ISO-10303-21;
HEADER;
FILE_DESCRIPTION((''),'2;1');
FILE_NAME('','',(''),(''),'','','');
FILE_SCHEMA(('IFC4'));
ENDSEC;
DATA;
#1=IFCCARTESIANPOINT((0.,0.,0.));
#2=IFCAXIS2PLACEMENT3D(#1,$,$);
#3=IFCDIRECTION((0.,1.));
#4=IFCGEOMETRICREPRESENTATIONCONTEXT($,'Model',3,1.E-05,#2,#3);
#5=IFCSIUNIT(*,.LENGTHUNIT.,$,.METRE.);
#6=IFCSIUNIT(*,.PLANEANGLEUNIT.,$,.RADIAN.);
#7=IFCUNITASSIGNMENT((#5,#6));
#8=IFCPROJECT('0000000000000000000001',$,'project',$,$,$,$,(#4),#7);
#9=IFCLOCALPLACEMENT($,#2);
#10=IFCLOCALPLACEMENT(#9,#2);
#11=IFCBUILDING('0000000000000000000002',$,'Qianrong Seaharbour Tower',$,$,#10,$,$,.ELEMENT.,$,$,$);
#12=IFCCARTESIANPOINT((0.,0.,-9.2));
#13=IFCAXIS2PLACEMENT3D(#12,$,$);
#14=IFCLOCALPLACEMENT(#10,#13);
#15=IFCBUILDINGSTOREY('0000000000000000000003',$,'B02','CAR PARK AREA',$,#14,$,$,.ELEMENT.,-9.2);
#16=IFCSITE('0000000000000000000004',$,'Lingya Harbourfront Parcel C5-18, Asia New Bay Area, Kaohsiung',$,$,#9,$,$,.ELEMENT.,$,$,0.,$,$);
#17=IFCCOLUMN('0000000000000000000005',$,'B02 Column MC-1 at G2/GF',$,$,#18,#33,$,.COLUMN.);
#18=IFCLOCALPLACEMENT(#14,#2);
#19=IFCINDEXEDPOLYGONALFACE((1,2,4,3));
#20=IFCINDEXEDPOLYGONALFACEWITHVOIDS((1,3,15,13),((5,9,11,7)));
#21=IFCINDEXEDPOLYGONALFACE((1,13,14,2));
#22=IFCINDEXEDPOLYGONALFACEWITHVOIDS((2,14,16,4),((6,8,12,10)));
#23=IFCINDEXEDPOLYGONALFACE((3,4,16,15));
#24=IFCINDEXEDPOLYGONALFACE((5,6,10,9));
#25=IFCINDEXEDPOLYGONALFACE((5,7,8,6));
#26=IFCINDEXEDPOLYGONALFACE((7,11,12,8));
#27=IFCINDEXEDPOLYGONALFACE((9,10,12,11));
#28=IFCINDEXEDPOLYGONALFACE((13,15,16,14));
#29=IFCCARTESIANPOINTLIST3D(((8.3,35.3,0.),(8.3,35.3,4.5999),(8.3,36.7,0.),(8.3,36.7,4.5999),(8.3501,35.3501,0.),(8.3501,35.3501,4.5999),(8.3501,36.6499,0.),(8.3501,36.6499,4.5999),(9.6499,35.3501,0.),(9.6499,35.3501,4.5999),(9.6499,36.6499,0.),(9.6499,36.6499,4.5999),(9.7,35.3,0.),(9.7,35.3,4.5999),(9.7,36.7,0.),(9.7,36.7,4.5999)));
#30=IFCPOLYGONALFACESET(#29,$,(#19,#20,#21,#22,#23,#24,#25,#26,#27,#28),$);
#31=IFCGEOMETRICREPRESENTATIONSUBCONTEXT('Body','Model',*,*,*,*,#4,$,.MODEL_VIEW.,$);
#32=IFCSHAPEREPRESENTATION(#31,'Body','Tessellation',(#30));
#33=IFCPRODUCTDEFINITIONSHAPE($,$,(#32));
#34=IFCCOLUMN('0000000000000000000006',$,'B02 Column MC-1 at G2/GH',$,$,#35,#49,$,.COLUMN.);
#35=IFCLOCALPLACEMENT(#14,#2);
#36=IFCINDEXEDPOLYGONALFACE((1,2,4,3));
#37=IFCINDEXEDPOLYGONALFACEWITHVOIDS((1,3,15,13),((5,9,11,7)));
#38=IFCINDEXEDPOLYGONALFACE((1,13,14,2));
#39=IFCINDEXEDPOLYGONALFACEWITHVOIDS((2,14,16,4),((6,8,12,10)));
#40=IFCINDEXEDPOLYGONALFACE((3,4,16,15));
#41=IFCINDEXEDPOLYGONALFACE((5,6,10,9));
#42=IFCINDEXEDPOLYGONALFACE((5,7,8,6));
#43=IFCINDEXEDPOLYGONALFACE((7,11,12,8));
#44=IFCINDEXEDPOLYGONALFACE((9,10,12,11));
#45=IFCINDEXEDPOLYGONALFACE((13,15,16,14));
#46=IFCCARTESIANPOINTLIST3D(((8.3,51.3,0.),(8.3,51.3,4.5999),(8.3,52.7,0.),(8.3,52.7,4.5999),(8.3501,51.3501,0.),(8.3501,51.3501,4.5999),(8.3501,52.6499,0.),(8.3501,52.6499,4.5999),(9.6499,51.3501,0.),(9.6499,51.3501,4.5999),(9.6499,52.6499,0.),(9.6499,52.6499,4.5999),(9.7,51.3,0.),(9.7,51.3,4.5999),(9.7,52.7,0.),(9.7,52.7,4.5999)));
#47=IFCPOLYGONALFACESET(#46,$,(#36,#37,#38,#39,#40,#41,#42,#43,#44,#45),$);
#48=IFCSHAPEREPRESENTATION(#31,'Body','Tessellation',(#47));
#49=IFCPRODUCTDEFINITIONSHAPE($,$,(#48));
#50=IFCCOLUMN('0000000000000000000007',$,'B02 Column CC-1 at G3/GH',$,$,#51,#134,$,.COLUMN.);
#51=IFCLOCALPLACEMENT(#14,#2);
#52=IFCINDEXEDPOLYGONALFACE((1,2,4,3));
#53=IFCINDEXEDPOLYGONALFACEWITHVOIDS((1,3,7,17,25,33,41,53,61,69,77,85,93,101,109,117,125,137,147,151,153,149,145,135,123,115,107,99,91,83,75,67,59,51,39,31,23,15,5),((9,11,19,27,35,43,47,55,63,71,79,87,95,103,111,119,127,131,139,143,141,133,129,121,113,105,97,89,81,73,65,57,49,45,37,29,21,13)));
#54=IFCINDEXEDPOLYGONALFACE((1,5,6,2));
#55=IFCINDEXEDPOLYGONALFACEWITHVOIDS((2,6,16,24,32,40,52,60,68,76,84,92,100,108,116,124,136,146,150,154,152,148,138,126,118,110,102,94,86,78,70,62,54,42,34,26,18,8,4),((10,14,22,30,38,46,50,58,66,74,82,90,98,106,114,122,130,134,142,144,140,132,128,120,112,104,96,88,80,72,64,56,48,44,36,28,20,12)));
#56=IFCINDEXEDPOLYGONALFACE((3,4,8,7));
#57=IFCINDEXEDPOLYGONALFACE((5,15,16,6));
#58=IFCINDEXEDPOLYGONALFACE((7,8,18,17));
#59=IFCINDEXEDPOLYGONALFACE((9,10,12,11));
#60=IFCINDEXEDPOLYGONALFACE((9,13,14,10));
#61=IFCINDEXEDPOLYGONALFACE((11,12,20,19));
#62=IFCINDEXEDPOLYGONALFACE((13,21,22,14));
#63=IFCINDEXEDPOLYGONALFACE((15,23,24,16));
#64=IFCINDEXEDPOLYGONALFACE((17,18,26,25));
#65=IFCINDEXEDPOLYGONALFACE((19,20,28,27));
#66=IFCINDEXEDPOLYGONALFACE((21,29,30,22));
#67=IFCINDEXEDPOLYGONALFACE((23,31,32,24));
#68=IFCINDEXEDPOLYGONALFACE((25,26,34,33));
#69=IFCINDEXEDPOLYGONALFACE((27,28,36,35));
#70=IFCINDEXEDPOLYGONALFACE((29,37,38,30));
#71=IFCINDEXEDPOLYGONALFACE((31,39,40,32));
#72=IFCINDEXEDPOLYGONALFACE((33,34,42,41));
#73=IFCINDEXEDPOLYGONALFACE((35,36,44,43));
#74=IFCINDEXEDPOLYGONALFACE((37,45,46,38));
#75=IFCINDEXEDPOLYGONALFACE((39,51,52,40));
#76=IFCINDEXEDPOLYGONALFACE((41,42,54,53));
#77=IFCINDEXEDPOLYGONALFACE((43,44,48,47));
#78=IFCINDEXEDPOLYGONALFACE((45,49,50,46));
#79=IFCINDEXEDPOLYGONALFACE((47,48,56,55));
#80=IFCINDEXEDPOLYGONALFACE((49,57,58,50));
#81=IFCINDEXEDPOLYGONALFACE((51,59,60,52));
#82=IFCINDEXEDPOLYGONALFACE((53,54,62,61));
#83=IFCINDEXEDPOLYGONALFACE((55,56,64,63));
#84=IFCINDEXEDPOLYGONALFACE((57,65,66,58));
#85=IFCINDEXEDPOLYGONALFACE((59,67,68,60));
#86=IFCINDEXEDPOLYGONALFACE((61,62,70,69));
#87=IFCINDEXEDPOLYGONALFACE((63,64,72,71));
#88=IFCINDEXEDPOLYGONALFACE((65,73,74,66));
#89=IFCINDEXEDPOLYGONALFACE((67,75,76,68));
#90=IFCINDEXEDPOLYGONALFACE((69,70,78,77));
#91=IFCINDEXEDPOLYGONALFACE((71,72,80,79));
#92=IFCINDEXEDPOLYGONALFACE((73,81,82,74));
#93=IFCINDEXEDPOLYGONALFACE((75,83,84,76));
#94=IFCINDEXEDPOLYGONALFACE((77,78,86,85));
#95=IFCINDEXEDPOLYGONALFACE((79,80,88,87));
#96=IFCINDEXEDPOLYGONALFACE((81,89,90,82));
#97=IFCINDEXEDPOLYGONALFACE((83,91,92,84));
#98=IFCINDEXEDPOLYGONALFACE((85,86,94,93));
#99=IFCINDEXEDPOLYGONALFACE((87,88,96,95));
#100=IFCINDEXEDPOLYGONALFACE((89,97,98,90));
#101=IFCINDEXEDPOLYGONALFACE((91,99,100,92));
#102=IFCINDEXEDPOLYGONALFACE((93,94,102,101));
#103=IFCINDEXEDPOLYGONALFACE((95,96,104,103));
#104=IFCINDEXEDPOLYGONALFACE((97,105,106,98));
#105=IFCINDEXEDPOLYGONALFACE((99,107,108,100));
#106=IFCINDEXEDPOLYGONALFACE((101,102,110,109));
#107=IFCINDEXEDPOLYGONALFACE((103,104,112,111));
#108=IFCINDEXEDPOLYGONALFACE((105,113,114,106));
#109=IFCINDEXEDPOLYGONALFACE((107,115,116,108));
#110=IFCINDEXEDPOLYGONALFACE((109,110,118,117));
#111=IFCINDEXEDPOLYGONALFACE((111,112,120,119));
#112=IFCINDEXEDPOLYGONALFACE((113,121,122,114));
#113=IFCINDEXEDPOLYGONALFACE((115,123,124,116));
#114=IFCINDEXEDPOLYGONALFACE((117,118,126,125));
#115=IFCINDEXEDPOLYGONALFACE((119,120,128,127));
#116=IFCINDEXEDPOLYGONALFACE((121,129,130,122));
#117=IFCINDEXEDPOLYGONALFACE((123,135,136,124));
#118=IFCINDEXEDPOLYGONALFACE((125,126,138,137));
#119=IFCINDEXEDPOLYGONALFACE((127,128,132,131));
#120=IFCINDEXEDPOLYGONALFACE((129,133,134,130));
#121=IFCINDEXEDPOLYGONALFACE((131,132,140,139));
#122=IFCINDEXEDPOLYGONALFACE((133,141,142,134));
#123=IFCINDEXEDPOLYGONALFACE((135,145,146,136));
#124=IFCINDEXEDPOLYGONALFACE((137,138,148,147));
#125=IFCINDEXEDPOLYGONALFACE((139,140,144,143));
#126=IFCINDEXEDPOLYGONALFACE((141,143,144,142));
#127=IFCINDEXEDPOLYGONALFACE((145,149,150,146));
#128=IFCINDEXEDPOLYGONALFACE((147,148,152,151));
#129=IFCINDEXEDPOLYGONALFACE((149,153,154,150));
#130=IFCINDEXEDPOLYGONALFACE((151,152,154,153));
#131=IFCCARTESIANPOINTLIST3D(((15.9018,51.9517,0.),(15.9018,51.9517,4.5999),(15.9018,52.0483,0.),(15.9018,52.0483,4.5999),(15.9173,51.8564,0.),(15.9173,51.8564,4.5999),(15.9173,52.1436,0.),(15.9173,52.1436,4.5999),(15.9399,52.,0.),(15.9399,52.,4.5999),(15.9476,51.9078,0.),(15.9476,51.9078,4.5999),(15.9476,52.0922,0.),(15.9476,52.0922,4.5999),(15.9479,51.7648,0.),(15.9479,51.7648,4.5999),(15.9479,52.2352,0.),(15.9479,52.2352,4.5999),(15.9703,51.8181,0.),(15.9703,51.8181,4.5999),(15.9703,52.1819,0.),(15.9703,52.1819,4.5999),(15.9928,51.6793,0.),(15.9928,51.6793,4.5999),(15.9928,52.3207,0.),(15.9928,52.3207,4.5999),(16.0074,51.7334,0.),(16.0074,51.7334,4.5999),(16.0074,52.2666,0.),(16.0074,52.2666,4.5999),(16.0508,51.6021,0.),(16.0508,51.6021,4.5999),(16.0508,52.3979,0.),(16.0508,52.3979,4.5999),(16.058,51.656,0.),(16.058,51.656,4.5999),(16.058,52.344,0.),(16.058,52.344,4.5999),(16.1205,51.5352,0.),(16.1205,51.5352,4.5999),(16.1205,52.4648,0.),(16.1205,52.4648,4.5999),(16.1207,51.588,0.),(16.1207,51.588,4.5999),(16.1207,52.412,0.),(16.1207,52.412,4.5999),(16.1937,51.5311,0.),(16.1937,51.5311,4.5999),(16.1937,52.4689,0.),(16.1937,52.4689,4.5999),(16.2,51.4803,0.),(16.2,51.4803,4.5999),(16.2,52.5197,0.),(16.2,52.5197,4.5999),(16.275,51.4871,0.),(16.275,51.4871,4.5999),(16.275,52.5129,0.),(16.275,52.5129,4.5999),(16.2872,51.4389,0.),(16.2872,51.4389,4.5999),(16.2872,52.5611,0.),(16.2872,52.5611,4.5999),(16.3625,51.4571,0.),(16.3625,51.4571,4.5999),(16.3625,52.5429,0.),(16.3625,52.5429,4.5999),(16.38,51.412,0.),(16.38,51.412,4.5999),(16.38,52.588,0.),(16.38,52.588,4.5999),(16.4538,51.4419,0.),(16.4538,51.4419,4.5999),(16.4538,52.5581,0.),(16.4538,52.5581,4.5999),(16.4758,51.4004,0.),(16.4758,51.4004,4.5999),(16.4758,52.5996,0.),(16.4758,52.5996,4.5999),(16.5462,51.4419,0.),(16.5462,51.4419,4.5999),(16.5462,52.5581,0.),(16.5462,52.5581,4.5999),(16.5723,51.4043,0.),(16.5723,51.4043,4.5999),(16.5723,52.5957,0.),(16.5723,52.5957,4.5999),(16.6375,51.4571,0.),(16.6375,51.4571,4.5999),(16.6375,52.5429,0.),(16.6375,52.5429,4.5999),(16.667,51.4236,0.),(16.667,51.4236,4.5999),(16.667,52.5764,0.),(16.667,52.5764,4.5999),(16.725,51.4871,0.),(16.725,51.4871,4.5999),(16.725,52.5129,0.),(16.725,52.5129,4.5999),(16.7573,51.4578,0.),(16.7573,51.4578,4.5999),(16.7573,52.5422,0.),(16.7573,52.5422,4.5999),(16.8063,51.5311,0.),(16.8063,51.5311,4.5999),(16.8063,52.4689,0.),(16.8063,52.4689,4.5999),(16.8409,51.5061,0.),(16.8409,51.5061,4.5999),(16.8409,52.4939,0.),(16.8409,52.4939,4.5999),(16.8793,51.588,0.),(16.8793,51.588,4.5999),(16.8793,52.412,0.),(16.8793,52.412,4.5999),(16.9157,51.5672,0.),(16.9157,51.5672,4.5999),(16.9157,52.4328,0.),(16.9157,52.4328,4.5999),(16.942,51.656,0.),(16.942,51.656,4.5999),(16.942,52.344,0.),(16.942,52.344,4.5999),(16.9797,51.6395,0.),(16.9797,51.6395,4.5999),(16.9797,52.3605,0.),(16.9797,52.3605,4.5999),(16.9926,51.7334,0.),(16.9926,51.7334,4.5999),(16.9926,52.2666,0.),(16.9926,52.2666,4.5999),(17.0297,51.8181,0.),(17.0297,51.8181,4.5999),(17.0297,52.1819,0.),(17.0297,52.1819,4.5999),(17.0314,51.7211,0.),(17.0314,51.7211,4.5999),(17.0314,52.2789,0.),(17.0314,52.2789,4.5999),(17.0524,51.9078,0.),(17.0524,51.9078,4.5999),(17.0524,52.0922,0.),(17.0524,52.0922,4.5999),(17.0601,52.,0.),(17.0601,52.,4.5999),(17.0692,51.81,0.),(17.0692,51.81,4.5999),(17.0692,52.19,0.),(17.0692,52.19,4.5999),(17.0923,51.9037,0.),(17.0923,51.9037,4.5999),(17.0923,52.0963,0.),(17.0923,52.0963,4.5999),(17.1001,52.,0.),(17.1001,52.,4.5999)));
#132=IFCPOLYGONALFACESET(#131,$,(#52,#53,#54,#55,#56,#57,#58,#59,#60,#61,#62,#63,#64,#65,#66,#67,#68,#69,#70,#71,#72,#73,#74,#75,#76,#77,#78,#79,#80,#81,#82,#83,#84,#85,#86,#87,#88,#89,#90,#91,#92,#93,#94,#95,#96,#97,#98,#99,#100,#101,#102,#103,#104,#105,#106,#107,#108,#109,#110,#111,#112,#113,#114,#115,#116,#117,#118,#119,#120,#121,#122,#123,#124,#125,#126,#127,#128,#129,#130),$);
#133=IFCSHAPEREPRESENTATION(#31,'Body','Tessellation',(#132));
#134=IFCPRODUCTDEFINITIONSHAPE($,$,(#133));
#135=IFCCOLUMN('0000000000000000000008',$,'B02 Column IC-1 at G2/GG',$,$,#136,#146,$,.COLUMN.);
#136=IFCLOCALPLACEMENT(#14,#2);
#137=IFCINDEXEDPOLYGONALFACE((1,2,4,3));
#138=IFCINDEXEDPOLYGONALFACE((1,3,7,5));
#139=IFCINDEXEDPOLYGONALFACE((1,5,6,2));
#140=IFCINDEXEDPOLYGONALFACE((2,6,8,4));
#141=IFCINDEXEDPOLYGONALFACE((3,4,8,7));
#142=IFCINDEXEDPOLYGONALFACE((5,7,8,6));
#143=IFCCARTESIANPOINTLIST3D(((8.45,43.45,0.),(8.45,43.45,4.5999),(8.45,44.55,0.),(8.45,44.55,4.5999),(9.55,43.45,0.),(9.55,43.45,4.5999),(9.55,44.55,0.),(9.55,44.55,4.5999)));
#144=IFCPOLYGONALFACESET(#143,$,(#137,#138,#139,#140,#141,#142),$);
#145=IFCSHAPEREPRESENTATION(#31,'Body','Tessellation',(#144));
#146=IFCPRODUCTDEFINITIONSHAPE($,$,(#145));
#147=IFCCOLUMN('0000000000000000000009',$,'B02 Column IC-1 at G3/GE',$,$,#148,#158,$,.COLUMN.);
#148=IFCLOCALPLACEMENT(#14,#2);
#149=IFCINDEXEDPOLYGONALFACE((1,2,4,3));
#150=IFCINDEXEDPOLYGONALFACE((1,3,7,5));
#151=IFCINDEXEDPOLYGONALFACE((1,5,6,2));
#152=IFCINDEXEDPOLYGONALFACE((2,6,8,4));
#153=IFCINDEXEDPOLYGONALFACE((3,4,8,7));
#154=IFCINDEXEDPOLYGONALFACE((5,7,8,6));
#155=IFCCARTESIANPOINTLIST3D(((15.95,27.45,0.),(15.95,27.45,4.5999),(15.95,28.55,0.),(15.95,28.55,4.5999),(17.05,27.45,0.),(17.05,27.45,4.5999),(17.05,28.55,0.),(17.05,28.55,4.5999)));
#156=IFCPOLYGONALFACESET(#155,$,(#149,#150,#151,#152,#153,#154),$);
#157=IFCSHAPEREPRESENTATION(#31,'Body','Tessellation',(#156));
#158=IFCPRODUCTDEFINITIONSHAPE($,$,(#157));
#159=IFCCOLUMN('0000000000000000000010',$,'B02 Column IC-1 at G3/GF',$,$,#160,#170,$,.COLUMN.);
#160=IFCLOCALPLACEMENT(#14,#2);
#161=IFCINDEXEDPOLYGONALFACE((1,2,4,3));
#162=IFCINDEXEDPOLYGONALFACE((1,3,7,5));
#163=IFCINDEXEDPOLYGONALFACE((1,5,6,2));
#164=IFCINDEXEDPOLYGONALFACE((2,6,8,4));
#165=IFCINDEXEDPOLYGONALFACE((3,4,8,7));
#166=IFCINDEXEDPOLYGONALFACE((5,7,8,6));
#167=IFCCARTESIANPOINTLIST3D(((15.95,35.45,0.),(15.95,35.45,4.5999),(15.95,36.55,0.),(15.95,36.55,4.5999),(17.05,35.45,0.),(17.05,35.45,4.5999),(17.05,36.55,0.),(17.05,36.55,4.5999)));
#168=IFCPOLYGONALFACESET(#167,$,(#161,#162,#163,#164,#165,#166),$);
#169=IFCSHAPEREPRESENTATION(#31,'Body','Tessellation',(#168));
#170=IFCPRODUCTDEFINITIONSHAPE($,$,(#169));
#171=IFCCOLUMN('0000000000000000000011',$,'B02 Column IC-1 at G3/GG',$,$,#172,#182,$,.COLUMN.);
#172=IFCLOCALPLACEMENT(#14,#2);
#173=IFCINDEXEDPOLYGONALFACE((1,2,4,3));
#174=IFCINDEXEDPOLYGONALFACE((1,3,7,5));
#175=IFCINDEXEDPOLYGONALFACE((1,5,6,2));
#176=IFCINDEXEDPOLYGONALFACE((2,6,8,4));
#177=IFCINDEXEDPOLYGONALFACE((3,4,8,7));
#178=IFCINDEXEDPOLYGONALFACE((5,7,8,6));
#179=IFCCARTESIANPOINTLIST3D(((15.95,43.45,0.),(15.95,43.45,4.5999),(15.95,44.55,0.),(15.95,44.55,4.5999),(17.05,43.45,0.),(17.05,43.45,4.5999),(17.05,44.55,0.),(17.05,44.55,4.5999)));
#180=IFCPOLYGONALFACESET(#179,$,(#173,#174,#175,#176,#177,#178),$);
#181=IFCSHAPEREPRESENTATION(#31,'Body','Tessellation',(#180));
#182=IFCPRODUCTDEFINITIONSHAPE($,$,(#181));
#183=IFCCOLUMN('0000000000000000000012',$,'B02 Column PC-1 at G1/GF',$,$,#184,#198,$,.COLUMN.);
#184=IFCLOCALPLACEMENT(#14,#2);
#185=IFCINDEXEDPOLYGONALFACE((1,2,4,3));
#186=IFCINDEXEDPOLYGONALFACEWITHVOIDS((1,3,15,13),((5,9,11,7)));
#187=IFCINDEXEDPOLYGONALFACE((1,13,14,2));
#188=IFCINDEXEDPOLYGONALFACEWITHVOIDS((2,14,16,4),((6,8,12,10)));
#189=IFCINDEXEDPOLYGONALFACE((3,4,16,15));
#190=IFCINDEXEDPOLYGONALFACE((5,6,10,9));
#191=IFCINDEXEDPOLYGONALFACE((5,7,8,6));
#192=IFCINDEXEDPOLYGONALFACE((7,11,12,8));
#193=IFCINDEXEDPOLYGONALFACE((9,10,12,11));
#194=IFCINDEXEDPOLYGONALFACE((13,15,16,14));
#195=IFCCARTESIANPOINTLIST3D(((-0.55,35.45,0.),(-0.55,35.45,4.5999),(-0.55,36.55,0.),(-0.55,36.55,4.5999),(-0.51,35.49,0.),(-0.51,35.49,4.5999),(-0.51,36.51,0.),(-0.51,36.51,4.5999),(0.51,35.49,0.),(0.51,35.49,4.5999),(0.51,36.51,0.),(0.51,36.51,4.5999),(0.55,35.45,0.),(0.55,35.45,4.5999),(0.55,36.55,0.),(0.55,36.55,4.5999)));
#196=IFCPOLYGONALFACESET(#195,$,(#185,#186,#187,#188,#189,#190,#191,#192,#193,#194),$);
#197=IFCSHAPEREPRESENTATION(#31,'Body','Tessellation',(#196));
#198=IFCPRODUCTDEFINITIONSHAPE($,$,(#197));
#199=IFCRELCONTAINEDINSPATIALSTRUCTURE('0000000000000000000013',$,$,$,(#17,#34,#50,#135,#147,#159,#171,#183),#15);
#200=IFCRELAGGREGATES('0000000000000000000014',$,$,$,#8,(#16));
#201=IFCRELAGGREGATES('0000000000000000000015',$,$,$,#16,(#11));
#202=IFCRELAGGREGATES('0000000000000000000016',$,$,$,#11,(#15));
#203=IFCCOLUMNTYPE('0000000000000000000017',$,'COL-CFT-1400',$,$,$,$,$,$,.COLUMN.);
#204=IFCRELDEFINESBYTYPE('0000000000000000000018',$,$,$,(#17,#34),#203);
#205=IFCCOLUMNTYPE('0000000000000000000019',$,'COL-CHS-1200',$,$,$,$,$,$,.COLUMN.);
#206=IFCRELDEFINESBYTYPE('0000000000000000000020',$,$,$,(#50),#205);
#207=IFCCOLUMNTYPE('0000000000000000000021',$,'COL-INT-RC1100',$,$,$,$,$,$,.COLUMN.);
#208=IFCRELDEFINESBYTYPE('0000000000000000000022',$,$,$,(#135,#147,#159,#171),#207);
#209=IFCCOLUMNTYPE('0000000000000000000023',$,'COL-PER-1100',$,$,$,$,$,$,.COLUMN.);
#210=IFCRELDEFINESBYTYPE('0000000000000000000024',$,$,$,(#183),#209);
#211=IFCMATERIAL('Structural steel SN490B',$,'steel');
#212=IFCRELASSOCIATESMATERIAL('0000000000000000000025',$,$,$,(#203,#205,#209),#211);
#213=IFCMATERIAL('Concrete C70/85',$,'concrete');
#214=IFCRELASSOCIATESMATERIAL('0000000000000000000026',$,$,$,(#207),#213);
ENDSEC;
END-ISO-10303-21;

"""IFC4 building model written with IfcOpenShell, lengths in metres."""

from ifc_helpers import new_model, si_unit, direction, frame, origin, origin_2d, place, context, subcontext, project, spatial, rectangle, hollow_rectangle, hollow_circle, extrude, material, material_profile, profile_set, type_object, element, save


model = new_model("IFC4")

# Units and contexts
model_context = context("Model", 3, precision=1e-05, world=origin(), true_north=direction((0.0, 1.0)))
body_context = subcontext(model_context, "Body", "Model", "MODEL_VIEW")
ifc_project = project(units=[si_unit("LENGTHUNIT", "METRE"), si_unit("PLANEANGLEUNIT", "RADIAN")], contexts=[model_context])

# Site, building, storey
site_placement = place(None, origin())
site = spatial("IfcSite", under=ifc_project, at=site_placement, Name="Lingya Harbourfront Parcel C5-18, Asia New Bay Area, Kaohsiung", CompositionType="ELEMENT", RefElevation=0.0)
building_placement = place(site_placement, origin())
building = spatial("IfcBuilding", under=site, at=building_placement, Name="Qianrong Seaharbour Tower", CompositionType="ELEMENT")
storey_placement = place(building_placement, frame((0.0, 0.0, -9.2)))
storey = spatial("IfcBuildingStorey", under=building, at=storey_placement, Name="B02", Description="CAR PARK AREA", CompositionType="ELEMENT", Elevation=-9.2)

# Columns
ifc_material_1 = material(Name="Structural steel SN490B", Category="steel")
ifc_material_profile_1 = material_profile(ifc_material_1, hollow_rectangle(XDim=1.3999, YDim=1.3999, WallThickness=0.05, at=origin_2d()), Name="BOX1400x1400x50")
ifc_profile_set_1 = profile_set([ifc_material_profile_1], Name="Structural steel SN490B")
column_type_1 = type_object("IfcColumnType", Name="COL-CFT-1400", PredefinedType="COLUMN", material=ifc_profile_set_1)
for number, where, z_axis, x_axis, name in (
    (1, (9.0, 36.0, 0.0), (0.0, 0.0, 1.0), (1.0, 0.0, 0.0), "B02 Column MC-1 at G2/GF"),
    (2, (9.0, 52.0, 0.0), (0.0, 0.0, 1.0), (1.0, 0.0, 0.0), "B02 Column MC-1 at G2/GH"),
):
    element("IfcColumn", number, at=place(storey_placement, frame(where, z_axis=z_axis, x_axis=x_axis)), inside=storey, type_object=column_type_1, Name=name, PredefinedType="COLUMN", context=body_context, shape_type="SweptSolid", body=[
        extrude(hollow_rectangle(XDim=1.3999, YDim=1.3999, WallThickness=0.05, at=origin_2d()), origin(), (0.0, 0.0, 1.0), 4.5999),
    ])
ifc_material_profile_2 = material_profile(ifc_material_1, hollow_circle(Radius=0.6001, WallThickness=0.04, at=origin_2d()), Name="CHS1200x40")
ifc_profile_set_2 = profile_set([ifc_material_profile_2], Name="Structural steel SN490B")
column_type_2 = type_object("IfcColumnType", Name="COL-CHS-1200", PredefinedType="COLUMN", material=ifc_profile_set_2)
column_placement = place(storey_placement, frame((16.5, 52.0, 0.0), z_axis=(0.0, 0.0, 1.0), x_axis=(1.0, 0.0, 0.0)))
element("IfcColumn", 3, at=column_placement, inside=storey, type_object=column_type_2, Name="B02 Column CC-1 at G3/GH", PredefinedType="COLUMN", context=body_context, shape_type="SweptSolid", body=[
    extrude(hollow_circle(Radius=0.6001, WallThickness=0.04, at=origin_2d()), origin(), (0.0, 0.0, 1.0), 4.5999),
])
ifc_material_2 = material(Name="Concrete C70/85", Category="concrete")
ifc_material_profile_3 = material_profile(ifc_material_2, rectangle(XDim=1.1001, YDim=1.1001, at=origin_2d()), Name="RC1100x1100")
ifc_profile_set_3 = profile_set([ifc_material_profile_3], Name="Concrete C70/85")
column_type_3 = type_object("IfcColumnType", Name="COL-INT-RC1100", PredefinedType="COLUMN", material=ifc_profile_set_3)
for number, where, z_axis, x_axis, name in (
    (4, (9.0, 44.0, 0.0), (0.0, 0.0, 1.0), (1.0, 0.0, 0.0), "B02 Column IC-1 at G2/GG"),
    (5, (16.5, 28.0, 0.0), (0.0, 0.0, 1.0), (1.0, 0.0, 0.0), "B02 Column IC-1 at G3/GE"),
    (6, (16.5, 36.0, 0.0), (0.0, 0.0, 1.0), (1.0, 0.0, 0.0), "B02 Column IC-1 at G3/GF"),
    (7, (16.5, 44.0, 0.0), (0.0, 0.0, 1.0), (1.0, 0.0, 0.0), "B02 Column IC-1 at G3/GG"),
):
    element("IfcColumn", number, at=place(storey_placement, frame(where, z_axis=z_axis, x_axis=x_axis)), inside=storey, type_object=column_type_3, Name=name, PredefinedType="COLUMN", context=body_context, shape_type="SweptSolid", body=[
        extrude(rectangle(XDim=1.1001, YDim=1.1001, at=origin_2d()), origin(), (0.0, 0.0, 1.0), 4.5999),
    ])
ifc_material_profile_4 = material_profile(ifc_material_1, hollow_rectangle(XDim=1.1001, YDim=1.1001, WallThickness=0.04, at=origin_2d()), Name="BOX1100x1100x40")
ifc_profile_set_4 = profile_set([ifc_material_profile_4], Name="Structural steel SN490B")
column_type_4 = type_object("IfcColumnType", Name="COL-PER-1100", PredefinedType="COLUMN", material=ifc_profile_set_4)
for number, where, z_axis, x_axis, name in (
    (8, (0.0, 36.0, 0.0), (0.0, 0.0, 1.0), (1.0, 0.0, 0.0), "B02 Column PC-1 at G1/GF"),
):
    element("IfcColumn", number, at=place(storey_placement, frame(where, z_axis=z_axis, x_axis=x_axis)), inside=storey, type_object=column_type_4, Name=name, PredefinedType="COLUMN", context=body_context, shape_type="SweptSolid", body=[
        extrude(hollow_rectangle(XDim=1.1001, YDim=1.1001, WallThickness=0.04, at=origin_2d()), origin(), (0.0, 0.0, 1.0), 4.5999),
    ])

save(model, "model.ifc")
